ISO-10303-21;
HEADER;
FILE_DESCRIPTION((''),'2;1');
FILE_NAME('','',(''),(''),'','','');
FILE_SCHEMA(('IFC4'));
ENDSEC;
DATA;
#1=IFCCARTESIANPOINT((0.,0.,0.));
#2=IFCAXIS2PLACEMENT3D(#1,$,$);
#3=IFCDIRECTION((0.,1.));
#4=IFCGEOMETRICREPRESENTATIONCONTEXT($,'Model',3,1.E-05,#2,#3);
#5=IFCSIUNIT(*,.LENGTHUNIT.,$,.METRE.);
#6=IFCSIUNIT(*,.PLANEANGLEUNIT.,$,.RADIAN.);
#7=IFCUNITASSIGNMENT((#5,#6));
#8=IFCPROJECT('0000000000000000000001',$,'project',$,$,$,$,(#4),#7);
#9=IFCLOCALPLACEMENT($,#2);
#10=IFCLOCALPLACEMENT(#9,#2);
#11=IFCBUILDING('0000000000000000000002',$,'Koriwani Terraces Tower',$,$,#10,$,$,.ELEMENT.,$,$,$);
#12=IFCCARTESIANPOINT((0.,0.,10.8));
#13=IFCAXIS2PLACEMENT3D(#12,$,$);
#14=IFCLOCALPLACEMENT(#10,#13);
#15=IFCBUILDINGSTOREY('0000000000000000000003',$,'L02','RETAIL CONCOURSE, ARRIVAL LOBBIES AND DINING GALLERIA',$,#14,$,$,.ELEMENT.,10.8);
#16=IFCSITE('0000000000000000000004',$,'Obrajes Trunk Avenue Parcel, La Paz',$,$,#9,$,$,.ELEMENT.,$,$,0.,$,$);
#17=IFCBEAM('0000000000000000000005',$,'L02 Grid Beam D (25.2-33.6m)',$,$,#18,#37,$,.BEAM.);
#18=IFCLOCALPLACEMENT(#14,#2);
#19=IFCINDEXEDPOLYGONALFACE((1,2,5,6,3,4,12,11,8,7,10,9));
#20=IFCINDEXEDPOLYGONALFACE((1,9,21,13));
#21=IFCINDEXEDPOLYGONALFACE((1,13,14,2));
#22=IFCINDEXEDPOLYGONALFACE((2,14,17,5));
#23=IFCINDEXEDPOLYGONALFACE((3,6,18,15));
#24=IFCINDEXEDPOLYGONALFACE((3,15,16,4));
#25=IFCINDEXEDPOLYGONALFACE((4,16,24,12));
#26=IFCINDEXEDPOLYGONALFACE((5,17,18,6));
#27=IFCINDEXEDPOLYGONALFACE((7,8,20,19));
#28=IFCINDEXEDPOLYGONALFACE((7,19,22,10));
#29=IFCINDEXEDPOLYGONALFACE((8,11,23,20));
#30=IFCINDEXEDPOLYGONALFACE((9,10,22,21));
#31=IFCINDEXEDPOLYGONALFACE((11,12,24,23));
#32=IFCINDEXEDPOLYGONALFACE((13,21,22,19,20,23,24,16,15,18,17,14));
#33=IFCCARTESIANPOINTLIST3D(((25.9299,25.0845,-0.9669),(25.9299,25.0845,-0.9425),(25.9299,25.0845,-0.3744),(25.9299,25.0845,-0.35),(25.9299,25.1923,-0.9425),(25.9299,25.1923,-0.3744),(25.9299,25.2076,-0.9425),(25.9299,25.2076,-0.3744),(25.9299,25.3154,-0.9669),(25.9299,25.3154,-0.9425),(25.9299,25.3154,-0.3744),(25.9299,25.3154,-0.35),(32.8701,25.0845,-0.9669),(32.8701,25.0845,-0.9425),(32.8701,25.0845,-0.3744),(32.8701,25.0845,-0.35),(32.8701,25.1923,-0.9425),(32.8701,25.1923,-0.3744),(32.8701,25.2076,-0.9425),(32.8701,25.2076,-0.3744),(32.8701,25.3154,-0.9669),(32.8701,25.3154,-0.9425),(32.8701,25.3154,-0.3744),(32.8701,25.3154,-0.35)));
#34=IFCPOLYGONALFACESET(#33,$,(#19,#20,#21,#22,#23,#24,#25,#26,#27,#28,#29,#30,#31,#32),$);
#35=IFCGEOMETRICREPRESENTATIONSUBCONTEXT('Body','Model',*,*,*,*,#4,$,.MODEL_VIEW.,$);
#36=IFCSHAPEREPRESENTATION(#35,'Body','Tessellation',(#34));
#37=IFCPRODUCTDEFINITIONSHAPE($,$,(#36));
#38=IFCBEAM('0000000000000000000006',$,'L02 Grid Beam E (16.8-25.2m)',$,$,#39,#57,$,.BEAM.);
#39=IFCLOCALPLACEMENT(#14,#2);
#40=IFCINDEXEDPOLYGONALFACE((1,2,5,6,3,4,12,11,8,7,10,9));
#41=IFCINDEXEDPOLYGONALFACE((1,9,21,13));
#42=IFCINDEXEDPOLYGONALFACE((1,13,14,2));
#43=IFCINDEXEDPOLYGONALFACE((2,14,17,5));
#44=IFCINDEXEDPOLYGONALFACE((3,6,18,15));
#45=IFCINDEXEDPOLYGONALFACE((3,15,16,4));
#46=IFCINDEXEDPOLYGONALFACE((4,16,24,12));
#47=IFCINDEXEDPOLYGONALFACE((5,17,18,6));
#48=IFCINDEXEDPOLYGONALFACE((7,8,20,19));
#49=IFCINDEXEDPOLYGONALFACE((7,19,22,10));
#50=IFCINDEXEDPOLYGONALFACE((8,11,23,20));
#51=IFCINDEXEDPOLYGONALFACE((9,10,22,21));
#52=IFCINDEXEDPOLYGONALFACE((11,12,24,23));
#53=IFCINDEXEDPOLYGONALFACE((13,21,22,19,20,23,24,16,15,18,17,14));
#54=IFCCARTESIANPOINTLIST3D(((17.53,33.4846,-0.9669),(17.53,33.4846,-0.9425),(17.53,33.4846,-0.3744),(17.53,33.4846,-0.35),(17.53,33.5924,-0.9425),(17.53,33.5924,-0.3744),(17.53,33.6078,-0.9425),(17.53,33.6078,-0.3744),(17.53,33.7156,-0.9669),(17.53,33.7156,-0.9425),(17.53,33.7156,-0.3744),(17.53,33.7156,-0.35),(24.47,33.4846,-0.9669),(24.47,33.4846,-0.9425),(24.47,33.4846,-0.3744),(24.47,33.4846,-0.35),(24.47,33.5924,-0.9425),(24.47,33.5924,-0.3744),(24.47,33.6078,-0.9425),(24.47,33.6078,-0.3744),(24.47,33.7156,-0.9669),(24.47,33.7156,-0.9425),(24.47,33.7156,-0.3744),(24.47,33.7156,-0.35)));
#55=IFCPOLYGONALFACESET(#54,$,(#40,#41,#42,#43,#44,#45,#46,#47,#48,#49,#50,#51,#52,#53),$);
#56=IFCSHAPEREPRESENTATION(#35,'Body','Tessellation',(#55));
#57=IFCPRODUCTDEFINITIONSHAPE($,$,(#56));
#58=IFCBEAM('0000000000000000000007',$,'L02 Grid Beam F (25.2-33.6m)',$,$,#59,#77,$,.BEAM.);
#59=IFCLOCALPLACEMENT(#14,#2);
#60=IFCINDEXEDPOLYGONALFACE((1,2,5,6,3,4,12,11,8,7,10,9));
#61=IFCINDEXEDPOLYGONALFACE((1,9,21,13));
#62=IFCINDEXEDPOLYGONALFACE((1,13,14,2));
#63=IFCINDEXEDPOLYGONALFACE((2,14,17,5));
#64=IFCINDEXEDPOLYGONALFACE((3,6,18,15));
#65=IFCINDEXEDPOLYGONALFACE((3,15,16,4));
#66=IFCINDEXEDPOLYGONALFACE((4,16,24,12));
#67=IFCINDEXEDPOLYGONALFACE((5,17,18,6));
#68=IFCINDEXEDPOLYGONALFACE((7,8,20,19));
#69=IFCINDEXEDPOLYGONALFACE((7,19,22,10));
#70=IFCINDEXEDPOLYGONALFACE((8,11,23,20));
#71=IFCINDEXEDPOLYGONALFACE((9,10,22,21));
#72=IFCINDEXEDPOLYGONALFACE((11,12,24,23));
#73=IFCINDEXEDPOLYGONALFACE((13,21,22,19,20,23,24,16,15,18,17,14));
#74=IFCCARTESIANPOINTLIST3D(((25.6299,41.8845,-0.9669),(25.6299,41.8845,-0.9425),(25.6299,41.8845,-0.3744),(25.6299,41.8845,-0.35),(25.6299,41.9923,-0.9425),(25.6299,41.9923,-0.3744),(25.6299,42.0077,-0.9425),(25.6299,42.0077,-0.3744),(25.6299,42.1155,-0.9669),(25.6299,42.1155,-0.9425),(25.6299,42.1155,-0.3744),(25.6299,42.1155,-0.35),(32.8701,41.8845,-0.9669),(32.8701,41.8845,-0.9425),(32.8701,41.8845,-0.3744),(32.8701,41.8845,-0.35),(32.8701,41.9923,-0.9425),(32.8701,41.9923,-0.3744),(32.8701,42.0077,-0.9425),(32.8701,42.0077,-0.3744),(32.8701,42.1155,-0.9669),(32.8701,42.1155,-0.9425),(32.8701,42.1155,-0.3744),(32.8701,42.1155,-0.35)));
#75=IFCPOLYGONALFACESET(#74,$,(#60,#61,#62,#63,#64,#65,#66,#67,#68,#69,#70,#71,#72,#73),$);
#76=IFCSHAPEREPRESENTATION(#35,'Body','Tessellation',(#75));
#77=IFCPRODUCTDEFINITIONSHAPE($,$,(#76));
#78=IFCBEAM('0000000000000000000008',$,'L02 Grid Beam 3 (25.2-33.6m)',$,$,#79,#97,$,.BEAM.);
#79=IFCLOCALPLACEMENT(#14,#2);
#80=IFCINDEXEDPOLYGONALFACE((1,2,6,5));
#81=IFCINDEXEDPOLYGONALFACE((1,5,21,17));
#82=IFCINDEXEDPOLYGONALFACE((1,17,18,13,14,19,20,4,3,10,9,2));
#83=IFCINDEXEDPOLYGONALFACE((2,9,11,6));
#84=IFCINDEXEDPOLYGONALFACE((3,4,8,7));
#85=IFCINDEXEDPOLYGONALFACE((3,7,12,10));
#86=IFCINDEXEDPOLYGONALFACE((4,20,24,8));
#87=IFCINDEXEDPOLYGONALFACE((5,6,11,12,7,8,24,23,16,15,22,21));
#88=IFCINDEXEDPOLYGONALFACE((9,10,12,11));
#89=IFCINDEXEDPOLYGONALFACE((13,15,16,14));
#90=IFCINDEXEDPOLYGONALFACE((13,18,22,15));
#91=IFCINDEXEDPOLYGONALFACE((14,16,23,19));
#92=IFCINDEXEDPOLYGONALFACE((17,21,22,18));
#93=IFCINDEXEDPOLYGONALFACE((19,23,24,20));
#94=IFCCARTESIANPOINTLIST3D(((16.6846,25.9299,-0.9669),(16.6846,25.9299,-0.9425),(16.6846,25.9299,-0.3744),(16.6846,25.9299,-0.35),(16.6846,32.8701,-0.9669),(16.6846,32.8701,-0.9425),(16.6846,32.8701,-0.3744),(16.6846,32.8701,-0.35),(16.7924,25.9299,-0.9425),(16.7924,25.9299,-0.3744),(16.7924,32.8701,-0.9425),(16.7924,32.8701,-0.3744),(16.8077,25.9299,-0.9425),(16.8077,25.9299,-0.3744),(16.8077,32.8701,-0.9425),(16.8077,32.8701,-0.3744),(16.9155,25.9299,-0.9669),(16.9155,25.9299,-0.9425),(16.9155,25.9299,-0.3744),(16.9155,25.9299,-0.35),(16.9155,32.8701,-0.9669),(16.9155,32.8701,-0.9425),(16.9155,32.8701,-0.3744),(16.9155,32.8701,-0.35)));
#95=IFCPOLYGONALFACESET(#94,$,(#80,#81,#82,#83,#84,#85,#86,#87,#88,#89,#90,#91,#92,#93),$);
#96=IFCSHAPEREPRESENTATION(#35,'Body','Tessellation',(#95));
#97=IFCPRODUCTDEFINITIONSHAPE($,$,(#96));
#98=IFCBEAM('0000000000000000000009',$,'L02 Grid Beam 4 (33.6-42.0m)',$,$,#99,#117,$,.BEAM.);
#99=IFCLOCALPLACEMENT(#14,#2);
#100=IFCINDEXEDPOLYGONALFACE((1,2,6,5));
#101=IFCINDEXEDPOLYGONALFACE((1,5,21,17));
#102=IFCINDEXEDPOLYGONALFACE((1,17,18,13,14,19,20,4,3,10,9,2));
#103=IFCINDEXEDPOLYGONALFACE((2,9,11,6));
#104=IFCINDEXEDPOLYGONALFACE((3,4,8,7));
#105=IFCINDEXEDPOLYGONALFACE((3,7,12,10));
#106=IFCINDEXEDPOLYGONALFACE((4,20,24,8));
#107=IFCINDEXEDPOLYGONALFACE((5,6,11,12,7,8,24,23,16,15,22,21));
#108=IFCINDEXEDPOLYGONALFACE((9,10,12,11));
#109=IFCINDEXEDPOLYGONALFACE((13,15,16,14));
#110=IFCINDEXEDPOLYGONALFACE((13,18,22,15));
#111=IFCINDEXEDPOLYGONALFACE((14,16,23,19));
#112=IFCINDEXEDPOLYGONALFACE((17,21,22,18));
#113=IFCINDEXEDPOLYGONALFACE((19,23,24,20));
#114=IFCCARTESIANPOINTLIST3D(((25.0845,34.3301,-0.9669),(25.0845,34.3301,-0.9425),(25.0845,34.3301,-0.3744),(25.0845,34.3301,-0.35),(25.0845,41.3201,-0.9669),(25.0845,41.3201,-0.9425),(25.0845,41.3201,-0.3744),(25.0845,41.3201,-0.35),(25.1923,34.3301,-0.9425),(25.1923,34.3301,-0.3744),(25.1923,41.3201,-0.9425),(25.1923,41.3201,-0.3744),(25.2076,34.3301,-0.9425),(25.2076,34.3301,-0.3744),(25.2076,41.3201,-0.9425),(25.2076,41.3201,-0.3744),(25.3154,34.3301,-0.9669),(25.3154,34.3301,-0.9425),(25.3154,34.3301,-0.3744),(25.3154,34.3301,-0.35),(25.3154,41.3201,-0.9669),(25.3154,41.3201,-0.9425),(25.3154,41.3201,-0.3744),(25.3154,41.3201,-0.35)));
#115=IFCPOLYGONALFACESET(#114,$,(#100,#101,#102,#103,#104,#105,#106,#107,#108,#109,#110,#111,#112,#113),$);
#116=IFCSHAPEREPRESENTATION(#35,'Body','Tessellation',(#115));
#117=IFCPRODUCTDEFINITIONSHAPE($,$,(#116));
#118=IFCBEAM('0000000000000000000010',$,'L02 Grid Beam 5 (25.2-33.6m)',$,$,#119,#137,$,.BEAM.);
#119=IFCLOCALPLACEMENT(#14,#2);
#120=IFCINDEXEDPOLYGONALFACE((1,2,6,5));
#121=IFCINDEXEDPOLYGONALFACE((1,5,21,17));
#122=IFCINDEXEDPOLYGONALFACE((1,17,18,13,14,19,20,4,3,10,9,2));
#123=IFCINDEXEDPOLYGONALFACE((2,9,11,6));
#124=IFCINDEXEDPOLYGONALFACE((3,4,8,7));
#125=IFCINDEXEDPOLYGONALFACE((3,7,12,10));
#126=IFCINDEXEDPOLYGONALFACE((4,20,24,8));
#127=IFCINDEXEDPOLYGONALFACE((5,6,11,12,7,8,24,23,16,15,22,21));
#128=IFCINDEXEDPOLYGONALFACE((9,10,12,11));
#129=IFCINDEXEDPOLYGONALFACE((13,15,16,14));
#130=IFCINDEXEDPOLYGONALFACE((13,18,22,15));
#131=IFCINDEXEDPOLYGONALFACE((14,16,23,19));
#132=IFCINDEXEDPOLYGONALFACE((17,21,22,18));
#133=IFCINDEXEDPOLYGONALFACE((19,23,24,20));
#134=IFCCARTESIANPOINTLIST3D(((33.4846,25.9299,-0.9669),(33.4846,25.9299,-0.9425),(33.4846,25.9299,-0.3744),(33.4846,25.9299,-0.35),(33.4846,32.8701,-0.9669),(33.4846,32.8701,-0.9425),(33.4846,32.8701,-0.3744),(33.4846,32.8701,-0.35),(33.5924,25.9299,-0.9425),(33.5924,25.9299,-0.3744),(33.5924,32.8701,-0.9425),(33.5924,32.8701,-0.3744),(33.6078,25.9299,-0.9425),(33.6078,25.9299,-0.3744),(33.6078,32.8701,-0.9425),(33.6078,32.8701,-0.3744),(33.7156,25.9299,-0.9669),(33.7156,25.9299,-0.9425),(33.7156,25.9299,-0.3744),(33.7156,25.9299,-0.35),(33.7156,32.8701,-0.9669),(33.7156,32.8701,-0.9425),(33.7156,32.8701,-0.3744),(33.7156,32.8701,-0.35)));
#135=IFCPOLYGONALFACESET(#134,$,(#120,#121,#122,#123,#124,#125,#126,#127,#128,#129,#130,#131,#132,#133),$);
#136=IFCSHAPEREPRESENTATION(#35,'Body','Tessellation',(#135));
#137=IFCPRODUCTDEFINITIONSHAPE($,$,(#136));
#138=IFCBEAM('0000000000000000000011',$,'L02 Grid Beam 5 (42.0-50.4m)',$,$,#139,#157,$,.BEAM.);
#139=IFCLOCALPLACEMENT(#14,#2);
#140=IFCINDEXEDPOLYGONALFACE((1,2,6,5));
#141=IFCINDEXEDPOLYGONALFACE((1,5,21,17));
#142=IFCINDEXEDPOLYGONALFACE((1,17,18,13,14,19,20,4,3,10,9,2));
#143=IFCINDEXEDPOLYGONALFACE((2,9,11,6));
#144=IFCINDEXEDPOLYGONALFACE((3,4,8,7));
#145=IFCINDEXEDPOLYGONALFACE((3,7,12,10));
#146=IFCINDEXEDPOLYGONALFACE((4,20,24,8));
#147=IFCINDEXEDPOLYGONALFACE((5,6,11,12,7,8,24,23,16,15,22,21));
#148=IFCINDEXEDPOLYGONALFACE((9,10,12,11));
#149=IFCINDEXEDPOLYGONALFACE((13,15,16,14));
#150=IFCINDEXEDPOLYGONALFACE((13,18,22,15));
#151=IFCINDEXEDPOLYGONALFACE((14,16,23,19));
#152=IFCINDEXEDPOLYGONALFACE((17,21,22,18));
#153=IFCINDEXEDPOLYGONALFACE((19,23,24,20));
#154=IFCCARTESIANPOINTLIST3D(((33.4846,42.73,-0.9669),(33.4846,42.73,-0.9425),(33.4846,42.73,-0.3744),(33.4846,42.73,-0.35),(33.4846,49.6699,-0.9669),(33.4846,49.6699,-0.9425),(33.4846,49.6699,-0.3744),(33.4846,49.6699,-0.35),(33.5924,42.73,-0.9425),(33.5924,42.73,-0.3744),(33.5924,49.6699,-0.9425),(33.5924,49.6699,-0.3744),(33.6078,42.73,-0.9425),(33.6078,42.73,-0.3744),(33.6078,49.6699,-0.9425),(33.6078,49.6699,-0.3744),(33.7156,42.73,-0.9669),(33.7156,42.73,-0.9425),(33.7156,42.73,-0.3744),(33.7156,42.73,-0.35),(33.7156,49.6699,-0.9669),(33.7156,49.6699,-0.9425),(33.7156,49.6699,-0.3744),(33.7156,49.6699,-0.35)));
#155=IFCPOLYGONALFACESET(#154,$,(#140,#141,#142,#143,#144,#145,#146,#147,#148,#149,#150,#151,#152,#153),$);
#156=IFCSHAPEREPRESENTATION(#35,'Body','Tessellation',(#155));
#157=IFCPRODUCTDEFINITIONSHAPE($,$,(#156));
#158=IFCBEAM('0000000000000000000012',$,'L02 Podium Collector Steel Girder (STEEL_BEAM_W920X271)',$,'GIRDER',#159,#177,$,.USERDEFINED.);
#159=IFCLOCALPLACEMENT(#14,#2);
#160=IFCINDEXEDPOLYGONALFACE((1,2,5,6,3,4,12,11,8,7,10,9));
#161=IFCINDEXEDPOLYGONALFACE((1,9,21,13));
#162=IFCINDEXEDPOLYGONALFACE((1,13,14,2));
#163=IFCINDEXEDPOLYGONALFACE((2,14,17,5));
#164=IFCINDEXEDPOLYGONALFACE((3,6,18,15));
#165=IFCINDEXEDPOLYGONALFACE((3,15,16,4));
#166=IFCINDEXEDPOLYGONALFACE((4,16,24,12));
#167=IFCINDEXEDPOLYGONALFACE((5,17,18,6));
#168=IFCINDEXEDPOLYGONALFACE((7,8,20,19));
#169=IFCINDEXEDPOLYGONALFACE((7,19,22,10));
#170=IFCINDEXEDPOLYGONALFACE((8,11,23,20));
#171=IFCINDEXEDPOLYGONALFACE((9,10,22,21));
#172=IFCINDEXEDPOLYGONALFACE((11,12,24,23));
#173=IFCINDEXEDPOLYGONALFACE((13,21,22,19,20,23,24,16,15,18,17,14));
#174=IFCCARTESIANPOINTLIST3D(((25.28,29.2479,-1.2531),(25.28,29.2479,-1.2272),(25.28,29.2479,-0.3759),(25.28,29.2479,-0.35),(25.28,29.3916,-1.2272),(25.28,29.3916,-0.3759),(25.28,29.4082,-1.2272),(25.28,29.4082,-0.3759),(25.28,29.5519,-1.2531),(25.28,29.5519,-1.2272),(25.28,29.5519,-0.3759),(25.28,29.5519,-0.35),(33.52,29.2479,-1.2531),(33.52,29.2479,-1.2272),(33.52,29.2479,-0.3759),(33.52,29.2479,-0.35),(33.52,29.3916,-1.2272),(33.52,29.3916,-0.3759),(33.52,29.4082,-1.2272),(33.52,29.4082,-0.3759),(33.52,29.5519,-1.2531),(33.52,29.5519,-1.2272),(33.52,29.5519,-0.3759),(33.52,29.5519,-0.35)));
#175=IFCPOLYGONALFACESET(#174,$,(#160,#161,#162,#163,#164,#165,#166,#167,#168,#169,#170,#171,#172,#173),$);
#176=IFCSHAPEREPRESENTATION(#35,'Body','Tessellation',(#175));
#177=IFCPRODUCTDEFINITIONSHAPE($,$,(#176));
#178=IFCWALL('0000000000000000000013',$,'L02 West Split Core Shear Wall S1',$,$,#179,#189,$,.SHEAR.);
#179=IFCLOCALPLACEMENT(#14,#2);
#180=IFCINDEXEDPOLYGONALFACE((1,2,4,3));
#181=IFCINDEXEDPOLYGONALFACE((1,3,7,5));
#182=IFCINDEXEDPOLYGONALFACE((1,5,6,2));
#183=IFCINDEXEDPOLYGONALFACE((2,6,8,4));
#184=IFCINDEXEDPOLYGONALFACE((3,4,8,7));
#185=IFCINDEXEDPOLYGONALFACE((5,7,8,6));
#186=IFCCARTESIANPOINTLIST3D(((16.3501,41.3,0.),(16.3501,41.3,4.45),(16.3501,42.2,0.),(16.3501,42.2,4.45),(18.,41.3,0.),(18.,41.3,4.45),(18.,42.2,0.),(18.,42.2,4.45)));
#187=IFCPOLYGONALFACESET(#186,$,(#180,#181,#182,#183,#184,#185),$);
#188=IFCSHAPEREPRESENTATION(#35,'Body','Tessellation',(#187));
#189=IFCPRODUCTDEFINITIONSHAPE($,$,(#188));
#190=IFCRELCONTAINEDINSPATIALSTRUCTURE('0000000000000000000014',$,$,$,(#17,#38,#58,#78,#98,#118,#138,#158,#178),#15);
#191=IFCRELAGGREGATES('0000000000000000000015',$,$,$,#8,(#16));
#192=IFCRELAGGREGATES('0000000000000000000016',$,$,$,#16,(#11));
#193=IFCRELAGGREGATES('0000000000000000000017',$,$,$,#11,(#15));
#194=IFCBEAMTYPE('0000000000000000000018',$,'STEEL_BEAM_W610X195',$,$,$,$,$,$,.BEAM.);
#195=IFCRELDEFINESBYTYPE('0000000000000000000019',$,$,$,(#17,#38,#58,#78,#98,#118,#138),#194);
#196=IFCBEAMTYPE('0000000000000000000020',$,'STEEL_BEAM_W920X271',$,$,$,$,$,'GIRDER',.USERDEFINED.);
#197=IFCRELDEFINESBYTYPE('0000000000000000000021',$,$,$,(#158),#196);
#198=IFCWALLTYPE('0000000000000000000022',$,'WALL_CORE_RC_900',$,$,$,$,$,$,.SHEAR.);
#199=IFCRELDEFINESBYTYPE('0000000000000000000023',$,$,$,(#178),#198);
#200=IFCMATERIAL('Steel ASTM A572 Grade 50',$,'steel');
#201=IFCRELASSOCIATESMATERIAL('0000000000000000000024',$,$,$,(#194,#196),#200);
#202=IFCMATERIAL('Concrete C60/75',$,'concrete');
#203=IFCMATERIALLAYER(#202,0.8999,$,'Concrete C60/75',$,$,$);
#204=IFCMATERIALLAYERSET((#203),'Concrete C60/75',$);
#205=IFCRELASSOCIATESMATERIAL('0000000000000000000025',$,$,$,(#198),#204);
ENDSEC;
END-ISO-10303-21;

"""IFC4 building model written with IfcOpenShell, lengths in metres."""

from ifc_helpers import new_model, si_unit, direction, frame, frame_2d, origin, origin_2d, place, context, subcontext, project, spatial, rectangle, i_section, extrude, material, layer, layer_set, material_profile, profile_set, type_object, element, save


model = new_model("IFC4")

# Units and contexts
model_context = context("Model", 3, precision=1e-05, world=origin(), true_north=direction((0.0, 1.0)))
body_context = subcontext(model_context, "Body", "Model", "MODEL_VIEW")
ifc_project = project(units=[si_unit("LENGTHUNIT", "METRE"), si_unit("PLANEANGLEUNIT", "RADIAN")], contexts=[model_context])

# Site, building, storey
site_placement = place(None, origin())
site = spatial("IfcSite", under=ifc_project, at=site_placement, Name="Obrajes Trunk Avenue Parcel, La Paz", CompositionType="ELEMENT", RefElevation=0.0)
building_placement = place(site_placement, origin())
building = spatial("IfcBuilding", under=site, at=building_placement, Name="Koriwani Terraces Tower", CompositionType="ELEMENT")
storey_placement = place(building_placement, frame((0.0, 0.0, 10.8)))
storey = spatial("IfcBuildingStorey", under=building, at=storey_placement, Name="L02", Description="RETAIL CONCOURSE, ARRIVAL LOBBIES AND DINING GALLERIA", CompositionType="ELEMENT", Elevation=10.8)

# Shared definitions
ifc_material_1 = material(Name="Concrete C60/75", Category="concrete")

# Beams
ifc_material_2 = material(Name="Steel ASTM A572 Grade 50", Category="steel")
ifc_material_profile_1 = material_profile(ifc_material_2, i_section(OverallWidth=0.231, OverallDepth=0.6169, WebThickness=0.0154, FlangeThickness=0.0244, at=origin_2d()), Name="Steel ASTM A572 Grade 50", Category="LoadBearing")
ifc_profile_set_1 = profile_set([ifc_material_profile_1], Name="Steel ASTM A572 Grade 50")
beam_type_1 = type_object("IfcBeamType", Name="STEEL_BEAM_W610X195", PredefinedType="BEAM", material=ifc_profile_set_1)
beam_1_placement = place(storey_placement, frame((25.9299, 25.2, -0.6584), z_axis=(1.0, 0.0, 0.0), x_axis=(0.0, 1.0, 0.0)))
element("IfcBeam", 1, at=beam_1_placement, inside=storey, type_object=beam_type_1, Name="L02 Grid Beam D (25.2-33.6m)", PredefinedType="BEAM", context=body_context, shape_type="SweptSolid", body=[
    extrude(i_section(OverallWidth=0.231, OverallDepth=0.6169, WebThickness=0.0154, FlangeThickness=0.0244, at=origin_2d()), origin(), (0.0, 0.0, 1.0), 6.9402),
])
beam_2_placement = place(storey_placement, frame((17.53, 33.6001, -0.6584), z_axis=(1.0, 0.0, 0.0), x_axis=(0.0, 1.0, 0.0)))
element("IfcBeam", 2, at=beam_2_placement, inside=storey, type_object=beam_type_1, Name="L02 Grid Beam E (16.8-25.2m)", PredefinedType="BEAM", context=body_context, shape_type="SweptSolid", body=[
    extrude(i_section(OverallWidth=0.231, OverallDepth=0.6169, WebThickness=0.0154, FlangeThickness=0.0244, at=origin_2d()), origin(), (0.0, 0.0, 1.0), 6.9399),
])
beam_3_placement = place(storey_placement, frame((25.6299, 42.0, -0.6584), z_axis=(1.0, 0.0, 0.0), x_axis=(0.0, 1.0, 0.0)))
element("IfcBeam", 3, at=beam_3_placement, inside=storey, type_object=beam_type_1, Name="L02 Grid Beam F (25.2-33.6m)", PredefinedType="BEAM", context=body_context, shape_type="SweptSolid", body=[
    extrude(i_section(OverallWidth=0.231, OverallDepth=0.6169, WebThickness=0.0154, FlangeThickness=0.0244, at=origin_2d()), origin(), (0.0, 0.0, 1.0), 7.2402),
])
beam_4_placement = place(storey_placement, frame((16.8, 25.9299, -0.6584), z_axis=(0.0, 1.0, 0.0), x_axis=(-1.0, 0.0, 0.0)))
element("IfcBeam", 4, at=beam_4_placement, inside=storey, type_object=beam_type_1, Name="L02 Grid Beam 3 (25.2-33.6m)", PredefinedType="BEAM", context=body_context, shape_type="SweptSolid", body=[
    extrude(i_section(OverallWidth=0.231, OverallDepth=0.6169, WebThickness=0.0154, FlangeThickness=0.0244, at=origin_2d()), origin(), (0.0, 0.0, 1.0), 6.9402),
])
beam_5_placement = place(storey_placement, frame((25.2, 34.3301, -0.6584), z_axis=(0.0, 1.0, 0.0), x_axis=(-1.0, 0.0, 0.0)))
element("IfcBeam", 5, at=beam_5_placement, inside=storey, type_object=beam_type_1, Name="L02 Grid Beam 4 (33.6-42.0m)", PredefinedType="BEAM", context=body_context, shape_type="SweptSolid", body=[
    extrude(i_section(OverallWidth=0.231, OverallDepth=0.6169, WebThickness=0.0154, FlangeThickness=0.0244, at=origin_2d()), origin(), (0.0, 0.0, 1.0), 6.99),
])
beam_6_placement = place(storey_placement, frame((33.6001, 25.9299, -0.6584), z_axis=(0.0, 1.0, 0.0), x_axis=(-1.0, 0.0, 0.0)))
element("IfcBeam", 6, at=beam_6_placement, inside=storey, type_object=beam_type_1, Name="L02 Grid Beam 5 (25.2-33.6m)", PredefinedType="BEAM", context=body_context, shape_type="SweptSolid", body=[
    extrude(i_section(OverallWidth=0.231, OverallDepth=0.6169, WebThickness=0.0154, FlangeThickness=0.0244, at=origin_2d()), origin(), (0.0, 0.0, 1.0), 6.9402),
])
beam_7_placement = place(storey_placement, frame((33.6001, 42.73, -0.6584), z_axis=(0.0, 1.0, 0.0), x_axis=(-1.0, 0.0, 0.0)))
element("IfcBeam", 7, at=beam_7_placement, inside=storey, type_object=beam_type_1, Name="L02 Grid Beam 5 (42.0-50.4m)", PredefinedType="BEAM", context=body_context, shape_type="SweptSolid", body=[
    extrude(i_section(OverallWidth=0.231, OverallDepth=0.6169, WebThickness=0.0154, FlangeThickness=0.0244, at=origin_2d()), origin(), (0.0, 0.0, 1.0), 6.9399),
])
ifc_material_profile_2 = material_profile(ifc_material_2, i_section(OverallWidth=0.304, OverallDepth=0.9031, WebThickness=0.0166, FlangeThickness=0.0259, at=origin_2d()), Name="Steel ASTM A572 Grade 50", Category="LoadBearing")
ifc_profile_set_2 = profile_set([ifc_material_profile_2], Name="Steel ASTM A572 Grade 50")
beam_type_2 = type_object("IfcBeamType", Name="STEEL_BEAM_W920X271", ElementType="GIRDER", PredefinedType="USERDEFINED", material=ifc_profile_set_2)
beam_8_placement = place(storey_placement, frame((25.28, 29.3999, -0.8015), z_axis=(1.0, 0.0, 0.0), x_axis=(0.0, 1.0, 0.0)))
element("IfcBeam", 8, at=beam_8_placement, inside=storey, type_object=beam_type_2, Name="L02 Podium Collector Steel Girder (STEEL_BEAM_W920X271)", ObjectType="GIRDER", PredefinedType="USERDEFINED", context=body_context, shape_type="SweptSolid", body=[
    extrude(i_section(OverallWidth=0.304, OverallDepth=0.9031, WebThickness=0.0166, FlangeThickness=0.0259, at=origin_2d()), origin(), (0.0, 0.0, 1.0), 8.24),
])

# Wall
ifc_layer_1 = layer(ifc_material_1, 0.8999, Name="Concrete C60/75")
ifc_layer_set_1 = layer_set([ifc_layer_1], Name="Concrete C60/75")
wall_type_1 = type_object("IfcWallType", Name="WALL_CORE_RC_900", PredefinedType="SHEAR", material=ifc_layer_set_1)
wall_1_placement = place(storey_placement, frame((16.3501, 41.75, 0.0), z_axis=(0.0, 0.0, 1.0), x_axis=(1.0, 0.0, 0.0)))
element("IfcWall", 9, at=wall_1_placement, inside=storey, type_object=wall_type_1, Name="L02 West Split Core Shear Wall S1", PredefinedType="SHEAR", context=body_context, shape_type="SweptSolid", body=[
    extrude(rectangle(XDim=1.6499, YDim=0.8999, at=frame_2d((0.825, 0.0))), origin(), (0.0, 0.0, 1.0), 4.45),
])

save(model, "model.ifc")
